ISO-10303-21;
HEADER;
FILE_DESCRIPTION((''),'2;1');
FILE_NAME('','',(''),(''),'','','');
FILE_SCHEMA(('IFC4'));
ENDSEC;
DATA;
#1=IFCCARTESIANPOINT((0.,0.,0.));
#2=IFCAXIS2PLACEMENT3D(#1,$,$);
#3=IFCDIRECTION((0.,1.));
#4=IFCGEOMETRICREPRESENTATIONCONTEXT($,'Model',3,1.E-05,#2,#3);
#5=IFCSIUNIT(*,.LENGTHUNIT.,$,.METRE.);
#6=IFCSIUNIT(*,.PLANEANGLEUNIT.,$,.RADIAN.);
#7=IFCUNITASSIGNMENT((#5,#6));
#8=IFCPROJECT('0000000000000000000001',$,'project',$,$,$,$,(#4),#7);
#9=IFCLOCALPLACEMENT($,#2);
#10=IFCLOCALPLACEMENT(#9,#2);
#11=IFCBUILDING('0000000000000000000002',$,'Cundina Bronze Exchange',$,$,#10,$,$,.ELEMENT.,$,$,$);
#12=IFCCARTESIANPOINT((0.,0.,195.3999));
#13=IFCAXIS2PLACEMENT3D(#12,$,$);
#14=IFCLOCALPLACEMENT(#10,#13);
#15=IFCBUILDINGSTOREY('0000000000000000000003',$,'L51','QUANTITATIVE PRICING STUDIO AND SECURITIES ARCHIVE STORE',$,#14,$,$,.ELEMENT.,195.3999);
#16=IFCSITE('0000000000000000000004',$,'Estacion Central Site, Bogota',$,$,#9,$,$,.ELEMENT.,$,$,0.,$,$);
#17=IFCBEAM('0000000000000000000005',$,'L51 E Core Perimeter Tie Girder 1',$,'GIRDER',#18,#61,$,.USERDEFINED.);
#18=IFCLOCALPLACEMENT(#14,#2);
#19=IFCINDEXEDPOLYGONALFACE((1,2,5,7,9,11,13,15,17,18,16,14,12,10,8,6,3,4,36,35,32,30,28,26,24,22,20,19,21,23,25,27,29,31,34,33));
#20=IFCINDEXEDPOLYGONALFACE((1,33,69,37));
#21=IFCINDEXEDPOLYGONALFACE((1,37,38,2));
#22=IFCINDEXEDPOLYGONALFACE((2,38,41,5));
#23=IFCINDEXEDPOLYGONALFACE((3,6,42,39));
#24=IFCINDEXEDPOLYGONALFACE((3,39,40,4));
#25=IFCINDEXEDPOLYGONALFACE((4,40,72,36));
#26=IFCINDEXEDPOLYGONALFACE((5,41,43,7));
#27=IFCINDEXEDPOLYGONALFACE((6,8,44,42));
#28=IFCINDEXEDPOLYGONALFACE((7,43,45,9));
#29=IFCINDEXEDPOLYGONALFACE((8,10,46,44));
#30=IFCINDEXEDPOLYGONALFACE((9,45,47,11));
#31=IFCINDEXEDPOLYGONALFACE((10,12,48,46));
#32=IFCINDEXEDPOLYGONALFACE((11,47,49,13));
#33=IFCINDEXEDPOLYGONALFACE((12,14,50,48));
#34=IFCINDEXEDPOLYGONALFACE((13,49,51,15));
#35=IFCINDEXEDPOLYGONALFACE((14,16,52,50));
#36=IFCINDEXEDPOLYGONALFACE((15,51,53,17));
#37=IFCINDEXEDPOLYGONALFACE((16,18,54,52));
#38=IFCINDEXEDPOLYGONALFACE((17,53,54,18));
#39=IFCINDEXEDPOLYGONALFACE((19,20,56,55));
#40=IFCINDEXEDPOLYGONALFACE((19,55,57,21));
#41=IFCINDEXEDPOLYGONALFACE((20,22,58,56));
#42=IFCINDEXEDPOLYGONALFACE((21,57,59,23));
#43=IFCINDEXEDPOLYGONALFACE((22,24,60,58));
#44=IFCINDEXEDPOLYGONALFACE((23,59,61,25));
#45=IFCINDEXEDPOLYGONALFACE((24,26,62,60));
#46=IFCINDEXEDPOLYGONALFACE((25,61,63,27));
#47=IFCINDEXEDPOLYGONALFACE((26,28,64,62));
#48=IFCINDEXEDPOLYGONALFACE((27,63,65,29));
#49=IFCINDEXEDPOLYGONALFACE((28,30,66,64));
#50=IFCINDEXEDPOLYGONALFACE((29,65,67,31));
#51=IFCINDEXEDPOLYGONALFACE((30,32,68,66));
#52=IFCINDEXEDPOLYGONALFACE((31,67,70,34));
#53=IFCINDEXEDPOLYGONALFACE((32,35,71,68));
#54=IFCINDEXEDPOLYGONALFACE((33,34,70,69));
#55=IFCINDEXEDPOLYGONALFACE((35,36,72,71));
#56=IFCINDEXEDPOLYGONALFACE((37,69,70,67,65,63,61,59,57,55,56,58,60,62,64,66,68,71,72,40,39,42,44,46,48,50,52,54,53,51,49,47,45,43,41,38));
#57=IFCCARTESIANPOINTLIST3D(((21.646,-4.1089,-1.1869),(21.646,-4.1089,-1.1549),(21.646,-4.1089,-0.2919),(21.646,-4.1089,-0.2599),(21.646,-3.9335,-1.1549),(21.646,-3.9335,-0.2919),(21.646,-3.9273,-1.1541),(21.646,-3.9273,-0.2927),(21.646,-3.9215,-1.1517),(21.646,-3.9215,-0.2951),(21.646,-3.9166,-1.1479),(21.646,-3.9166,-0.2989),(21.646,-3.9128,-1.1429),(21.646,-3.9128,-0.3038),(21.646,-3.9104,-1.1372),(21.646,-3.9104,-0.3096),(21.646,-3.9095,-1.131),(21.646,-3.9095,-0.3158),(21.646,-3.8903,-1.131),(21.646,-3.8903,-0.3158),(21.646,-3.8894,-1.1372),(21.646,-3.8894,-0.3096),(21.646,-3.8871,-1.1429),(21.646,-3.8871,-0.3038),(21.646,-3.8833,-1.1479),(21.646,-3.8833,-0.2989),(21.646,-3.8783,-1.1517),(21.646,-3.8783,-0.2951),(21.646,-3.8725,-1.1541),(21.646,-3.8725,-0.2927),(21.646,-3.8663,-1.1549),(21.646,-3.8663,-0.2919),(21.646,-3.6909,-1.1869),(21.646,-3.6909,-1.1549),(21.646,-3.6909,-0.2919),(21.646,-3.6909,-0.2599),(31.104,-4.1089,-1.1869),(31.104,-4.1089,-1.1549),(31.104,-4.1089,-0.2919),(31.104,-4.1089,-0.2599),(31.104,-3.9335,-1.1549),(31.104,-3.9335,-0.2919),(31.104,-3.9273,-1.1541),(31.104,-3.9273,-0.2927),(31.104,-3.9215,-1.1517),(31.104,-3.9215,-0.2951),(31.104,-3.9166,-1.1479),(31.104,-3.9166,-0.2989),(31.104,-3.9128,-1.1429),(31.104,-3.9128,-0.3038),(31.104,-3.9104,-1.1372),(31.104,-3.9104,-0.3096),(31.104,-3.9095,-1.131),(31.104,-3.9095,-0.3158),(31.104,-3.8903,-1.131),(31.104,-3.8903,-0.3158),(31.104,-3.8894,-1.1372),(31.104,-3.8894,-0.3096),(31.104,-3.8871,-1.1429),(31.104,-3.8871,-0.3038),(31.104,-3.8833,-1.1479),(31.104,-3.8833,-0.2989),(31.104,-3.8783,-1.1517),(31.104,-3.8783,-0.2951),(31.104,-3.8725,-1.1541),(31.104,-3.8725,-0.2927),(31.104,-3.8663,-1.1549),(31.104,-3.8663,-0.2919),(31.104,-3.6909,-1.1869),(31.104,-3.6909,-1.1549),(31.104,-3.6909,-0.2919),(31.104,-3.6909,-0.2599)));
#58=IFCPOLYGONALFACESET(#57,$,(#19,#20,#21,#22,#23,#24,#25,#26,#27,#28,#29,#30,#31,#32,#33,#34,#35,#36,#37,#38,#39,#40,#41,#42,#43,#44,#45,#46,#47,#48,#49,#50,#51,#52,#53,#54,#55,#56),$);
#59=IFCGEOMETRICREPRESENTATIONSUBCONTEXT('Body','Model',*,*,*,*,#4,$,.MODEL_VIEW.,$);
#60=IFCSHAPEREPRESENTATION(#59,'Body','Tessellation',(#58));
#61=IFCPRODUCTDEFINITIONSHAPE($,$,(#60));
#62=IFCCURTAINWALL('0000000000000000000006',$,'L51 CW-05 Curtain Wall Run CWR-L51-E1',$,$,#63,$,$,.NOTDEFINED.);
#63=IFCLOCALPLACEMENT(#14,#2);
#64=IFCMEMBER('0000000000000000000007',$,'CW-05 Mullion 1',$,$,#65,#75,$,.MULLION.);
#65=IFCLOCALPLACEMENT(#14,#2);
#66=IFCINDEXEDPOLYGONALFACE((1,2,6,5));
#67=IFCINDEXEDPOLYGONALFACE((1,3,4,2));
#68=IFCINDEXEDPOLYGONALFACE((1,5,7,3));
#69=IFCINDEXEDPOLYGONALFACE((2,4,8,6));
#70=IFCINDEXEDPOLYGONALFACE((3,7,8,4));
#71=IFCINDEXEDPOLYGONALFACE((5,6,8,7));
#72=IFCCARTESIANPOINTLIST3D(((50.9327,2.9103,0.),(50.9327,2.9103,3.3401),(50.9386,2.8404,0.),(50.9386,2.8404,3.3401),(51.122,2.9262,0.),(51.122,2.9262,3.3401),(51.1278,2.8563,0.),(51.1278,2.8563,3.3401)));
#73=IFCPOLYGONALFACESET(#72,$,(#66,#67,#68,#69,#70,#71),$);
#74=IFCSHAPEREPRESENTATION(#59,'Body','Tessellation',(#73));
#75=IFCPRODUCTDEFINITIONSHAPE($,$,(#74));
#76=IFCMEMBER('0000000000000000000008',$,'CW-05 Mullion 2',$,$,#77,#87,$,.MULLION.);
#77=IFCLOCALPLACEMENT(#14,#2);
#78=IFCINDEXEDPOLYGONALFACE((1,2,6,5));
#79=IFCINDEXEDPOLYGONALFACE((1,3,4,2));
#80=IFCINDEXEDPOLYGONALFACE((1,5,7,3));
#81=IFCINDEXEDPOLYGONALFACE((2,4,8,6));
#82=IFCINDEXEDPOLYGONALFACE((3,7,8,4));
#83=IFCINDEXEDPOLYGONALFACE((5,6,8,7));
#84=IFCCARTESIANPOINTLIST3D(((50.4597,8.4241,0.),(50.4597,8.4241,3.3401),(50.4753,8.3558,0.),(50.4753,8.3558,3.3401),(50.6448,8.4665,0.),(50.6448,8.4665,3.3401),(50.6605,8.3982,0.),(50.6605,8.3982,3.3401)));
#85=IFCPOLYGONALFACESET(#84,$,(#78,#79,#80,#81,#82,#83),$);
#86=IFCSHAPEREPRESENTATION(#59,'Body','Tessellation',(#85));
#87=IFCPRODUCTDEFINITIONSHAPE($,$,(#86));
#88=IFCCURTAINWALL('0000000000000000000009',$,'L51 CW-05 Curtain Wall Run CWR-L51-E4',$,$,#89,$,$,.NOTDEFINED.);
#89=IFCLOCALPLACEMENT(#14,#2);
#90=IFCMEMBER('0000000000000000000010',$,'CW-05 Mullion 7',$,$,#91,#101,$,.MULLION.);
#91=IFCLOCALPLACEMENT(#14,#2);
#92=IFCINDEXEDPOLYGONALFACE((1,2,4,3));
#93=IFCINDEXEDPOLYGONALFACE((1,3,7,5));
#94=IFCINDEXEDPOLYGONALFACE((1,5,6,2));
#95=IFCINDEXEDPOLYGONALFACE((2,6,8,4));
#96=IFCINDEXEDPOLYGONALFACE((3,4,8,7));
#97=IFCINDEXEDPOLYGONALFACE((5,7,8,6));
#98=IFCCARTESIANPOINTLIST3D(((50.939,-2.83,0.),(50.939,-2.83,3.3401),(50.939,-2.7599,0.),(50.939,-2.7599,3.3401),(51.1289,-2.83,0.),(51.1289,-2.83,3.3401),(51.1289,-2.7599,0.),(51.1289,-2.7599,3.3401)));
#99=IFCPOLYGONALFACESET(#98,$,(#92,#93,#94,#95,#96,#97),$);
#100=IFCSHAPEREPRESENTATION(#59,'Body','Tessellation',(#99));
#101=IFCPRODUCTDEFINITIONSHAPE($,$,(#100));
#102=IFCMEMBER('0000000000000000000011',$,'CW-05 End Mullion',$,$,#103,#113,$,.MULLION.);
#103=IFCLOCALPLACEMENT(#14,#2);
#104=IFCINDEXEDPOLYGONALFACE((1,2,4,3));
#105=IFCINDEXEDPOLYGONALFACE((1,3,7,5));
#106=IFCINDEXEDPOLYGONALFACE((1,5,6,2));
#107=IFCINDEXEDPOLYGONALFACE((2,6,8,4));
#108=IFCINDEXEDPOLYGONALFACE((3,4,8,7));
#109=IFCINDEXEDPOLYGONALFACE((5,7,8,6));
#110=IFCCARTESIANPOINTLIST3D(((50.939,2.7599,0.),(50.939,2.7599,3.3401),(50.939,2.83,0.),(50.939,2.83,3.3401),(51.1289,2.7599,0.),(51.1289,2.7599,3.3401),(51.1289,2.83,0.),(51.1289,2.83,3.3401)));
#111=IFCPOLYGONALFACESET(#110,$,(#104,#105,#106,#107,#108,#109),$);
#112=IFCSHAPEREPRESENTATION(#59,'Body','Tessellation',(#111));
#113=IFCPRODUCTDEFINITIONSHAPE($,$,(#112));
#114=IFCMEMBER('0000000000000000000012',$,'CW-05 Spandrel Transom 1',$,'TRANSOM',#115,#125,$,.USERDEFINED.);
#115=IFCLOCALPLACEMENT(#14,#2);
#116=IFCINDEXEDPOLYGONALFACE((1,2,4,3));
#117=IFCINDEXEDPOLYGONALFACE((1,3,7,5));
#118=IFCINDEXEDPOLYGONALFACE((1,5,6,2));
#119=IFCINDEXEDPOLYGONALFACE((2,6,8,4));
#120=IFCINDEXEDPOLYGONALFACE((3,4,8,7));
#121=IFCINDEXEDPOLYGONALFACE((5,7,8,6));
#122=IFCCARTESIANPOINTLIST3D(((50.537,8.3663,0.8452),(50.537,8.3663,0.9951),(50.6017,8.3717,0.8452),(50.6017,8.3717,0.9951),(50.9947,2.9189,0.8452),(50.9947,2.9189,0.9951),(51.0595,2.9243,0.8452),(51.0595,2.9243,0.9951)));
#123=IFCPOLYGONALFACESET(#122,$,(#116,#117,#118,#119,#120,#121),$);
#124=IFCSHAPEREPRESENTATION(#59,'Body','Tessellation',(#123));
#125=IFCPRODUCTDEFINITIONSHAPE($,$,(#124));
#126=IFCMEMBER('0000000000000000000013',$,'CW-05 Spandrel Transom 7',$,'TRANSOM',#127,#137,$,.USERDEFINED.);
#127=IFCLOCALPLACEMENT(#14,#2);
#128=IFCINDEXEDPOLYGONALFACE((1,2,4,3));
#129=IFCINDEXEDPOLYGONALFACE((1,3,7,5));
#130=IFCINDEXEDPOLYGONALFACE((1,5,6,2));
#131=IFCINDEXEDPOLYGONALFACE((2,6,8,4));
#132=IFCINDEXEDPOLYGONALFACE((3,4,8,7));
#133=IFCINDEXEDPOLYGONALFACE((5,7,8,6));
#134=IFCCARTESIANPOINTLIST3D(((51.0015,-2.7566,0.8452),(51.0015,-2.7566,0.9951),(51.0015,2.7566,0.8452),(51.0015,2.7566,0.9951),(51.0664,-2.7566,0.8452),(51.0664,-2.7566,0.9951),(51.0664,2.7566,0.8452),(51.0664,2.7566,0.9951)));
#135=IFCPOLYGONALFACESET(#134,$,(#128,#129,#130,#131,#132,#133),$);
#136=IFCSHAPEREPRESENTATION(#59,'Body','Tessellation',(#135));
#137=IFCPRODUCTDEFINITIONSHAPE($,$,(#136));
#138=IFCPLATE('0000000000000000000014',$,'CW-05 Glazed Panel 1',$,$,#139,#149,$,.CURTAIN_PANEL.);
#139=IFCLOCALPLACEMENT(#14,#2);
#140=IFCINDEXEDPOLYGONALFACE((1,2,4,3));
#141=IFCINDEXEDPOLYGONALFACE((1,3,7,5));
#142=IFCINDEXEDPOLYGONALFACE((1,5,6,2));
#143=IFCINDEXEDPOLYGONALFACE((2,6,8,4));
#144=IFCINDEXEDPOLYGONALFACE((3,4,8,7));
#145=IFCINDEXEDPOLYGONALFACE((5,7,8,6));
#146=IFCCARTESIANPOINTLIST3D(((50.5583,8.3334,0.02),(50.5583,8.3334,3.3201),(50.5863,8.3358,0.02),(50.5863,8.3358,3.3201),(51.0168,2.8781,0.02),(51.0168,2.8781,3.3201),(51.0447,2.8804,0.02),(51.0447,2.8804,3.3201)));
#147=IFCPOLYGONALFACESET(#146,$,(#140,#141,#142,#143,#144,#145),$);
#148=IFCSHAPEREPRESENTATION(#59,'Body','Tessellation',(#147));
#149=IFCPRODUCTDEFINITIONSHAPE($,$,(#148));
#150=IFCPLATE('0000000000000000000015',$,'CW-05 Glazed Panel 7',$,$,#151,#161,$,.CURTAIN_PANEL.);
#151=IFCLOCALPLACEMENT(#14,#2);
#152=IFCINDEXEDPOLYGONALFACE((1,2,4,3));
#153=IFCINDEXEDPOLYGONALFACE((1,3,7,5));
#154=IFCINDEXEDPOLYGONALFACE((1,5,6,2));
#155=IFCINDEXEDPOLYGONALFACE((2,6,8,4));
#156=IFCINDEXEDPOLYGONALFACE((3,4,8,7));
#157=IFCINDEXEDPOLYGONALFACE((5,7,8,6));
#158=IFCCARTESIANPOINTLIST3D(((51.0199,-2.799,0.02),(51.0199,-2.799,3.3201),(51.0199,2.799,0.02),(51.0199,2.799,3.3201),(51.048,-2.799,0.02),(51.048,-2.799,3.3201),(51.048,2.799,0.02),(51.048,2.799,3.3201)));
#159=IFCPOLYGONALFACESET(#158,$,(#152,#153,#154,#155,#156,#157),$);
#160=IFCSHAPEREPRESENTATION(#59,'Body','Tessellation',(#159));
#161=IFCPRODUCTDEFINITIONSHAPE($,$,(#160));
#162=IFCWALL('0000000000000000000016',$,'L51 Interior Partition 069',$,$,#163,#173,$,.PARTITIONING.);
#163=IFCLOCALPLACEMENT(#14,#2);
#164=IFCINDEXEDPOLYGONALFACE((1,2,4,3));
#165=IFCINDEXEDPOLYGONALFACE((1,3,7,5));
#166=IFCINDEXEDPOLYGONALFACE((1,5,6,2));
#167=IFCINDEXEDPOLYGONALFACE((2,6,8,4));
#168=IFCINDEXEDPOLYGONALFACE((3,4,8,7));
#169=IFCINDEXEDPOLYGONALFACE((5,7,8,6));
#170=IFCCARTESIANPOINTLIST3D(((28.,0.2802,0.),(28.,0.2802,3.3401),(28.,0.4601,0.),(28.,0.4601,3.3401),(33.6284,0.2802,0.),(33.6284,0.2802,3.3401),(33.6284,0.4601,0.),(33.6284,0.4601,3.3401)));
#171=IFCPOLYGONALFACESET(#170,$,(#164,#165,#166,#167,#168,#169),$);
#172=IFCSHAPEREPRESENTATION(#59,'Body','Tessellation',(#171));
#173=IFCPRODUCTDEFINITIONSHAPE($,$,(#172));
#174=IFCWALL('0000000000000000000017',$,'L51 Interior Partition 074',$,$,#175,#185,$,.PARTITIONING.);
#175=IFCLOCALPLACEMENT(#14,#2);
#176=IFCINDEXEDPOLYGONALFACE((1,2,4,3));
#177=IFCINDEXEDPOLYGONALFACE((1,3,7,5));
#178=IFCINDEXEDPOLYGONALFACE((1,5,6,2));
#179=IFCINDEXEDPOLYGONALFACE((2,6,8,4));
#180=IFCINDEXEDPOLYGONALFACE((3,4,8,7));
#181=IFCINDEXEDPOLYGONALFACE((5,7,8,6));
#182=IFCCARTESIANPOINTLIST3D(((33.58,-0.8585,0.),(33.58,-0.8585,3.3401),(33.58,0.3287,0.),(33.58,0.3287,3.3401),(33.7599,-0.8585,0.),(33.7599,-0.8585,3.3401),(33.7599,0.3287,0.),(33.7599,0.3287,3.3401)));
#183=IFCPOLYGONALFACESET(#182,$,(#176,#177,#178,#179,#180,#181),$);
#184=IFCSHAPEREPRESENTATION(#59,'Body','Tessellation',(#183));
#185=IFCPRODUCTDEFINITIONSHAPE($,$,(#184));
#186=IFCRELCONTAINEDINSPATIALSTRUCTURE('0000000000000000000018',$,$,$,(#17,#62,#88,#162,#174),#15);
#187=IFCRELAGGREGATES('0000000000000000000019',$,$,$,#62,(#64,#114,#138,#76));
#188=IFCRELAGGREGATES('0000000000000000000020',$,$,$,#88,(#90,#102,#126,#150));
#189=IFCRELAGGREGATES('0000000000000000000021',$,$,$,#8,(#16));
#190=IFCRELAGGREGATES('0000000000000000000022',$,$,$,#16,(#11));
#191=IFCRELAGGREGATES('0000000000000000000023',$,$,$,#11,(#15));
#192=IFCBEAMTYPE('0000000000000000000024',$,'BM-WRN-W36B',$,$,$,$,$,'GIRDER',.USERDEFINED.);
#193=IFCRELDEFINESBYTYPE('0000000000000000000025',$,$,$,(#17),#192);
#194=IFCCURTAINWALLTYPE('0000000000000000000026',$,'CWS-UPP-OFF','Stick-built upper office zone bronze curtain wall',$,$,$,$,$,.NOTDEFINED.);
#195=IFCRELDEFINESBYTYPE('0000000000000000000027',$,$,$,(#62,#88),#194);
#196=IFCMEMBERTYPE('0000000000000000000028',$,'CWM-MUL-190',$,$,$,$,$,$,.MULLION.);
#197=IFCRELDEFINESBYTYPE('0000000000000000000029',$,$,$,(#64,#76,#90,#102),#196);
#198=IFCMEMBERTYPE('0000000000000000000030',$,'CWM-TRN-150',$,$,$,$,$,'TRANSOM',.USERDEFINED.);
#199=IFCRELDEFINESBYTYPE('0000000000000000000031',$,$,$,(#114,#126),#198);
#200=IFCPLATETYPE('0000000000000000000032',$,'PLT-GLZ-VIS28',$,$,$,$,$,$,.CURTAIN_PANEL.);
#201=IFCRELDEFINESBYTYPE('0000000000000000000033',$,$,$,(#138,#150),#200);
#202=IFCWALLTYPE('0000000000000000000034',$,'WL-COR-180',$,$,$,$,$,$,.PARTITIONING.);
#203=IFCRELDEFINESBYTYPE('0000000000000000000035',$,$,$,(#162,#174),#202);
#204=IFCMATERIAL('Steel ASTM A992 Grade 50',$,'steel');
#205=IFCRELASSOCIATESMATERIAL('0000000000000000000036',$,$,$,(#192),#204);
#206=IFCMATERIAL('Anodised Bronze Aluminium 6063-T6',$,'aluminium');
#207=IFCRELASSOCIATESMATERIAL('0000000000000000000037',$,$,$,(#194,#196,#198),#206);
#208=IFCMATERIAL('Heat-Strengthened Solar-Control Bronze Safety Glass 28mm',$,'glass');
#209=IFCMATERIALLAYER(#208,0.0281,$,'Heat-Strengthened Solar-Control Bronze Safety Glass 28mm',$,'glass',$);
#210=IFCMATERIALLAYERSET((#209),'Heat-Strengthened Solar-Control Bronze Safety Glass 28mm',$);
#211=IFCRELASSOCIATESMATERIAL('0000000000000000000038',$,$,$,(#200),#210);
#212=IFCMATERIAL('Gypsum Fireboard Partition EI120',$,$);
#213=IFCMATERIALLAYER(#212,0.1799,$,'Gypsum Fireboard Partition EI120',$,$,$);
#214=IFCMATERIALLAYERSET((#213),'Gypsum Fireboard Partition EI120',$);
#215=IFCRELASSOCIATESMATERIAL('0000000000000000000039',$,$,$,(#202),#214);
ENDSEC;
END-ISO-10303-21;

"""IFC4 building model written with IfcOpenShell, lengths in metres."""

from ifc_helpers import new_model, si_unit, direction, frame, frame_2d, origin, origin_2d, place, context, subcontext, project, spatial, rectangle, i_section, extrude, material, layer, layer_set, material_profile, profile_set, type_object, element, aggregate, save


model = new_model("IFC4")

# Units and contexts
model_context = context("Model", 3, precision=1e-05, world=origin(), true_north=direction((0.0, 1.0)))
body_context = subcontext(model_context, "Body", "Model", "MODEL_VIEW")
ifc_project = project(units=[si_unit("LENGTHUNIT", "METRE"), si_unit("PLANEANGLEUNIT", "RADIAN")], contexts=[model_context])

# Site, building, storey
site_placement = place(None, origin())
site = spatial("IfcSite", under=ifc_project, at=site_placement, Name="Estacion Central Site, Bogota", CompositionType="ELEMENT", RefElevation=0.0)
building_placement = place(site_placement, origin())
building = spatial("IfcBuilding", under=site, at=building_placement, Name="Cundina Bronze Exchange", CompositionType="ELEMENT")
storey_placement = place(building_placement, frame((0.0, 0.0, 195.3999)))
storey = spatial("IfcBuildingStorey", under=building, at=storey_placement, Name="L51", Description="QUANTITATIVE PRICING STUDIO AND SECURITIES ARCHIVE STORE", CompositionType="ELEMENT", Elevation=195.3999)

# Shared definitions
ifc_material_1 = material(Name="Steel ASTM A992 Grade 50", Category="steel")

# Beam
ifc_material_profile_1 = material_profile(ifc_material_1, i_section(OverallWidth=0.418, OverallDepth=0.927, WebThickness=0.0193, FlangeThickness=0.032, FilletRadius=0.0239, at=origin_2d()), Name="W36X231", Category="steel")
ifc_profile_set_1 = profile_set([ifc_material_profile_1], Name="Steel ASTM A992 Grade 50")
beam_type_1 = type_object("IfcBeamType", Name="BM-WRN-W36B", ElementType="GIRDER", PredefinedType="USERDEFINED", material=ifc_profile_set_1)
beam_1_placement = place(storey_placement, frame((31.104, -3.8999, -0.7234), z_axis=(-1.0, 0.0, 0.0), x_axis=(0.0, -1.0, 0.0)))
element("IfcBeam", 1, at=beam_1_placement, inside=storey, type_object=beam_type_1, Name="L51 E Core Perimeter Tie Girder 1", ObjectType="GIRDER", PredefinedType="USERDEFINED", context=body_context, shape_type="SweptSolid", body=[
    extrude(i_section(OverallWidth=0.418, OverallDepth=0.927, WebThickness=0.0193, FlangeThickness=0.032, FilletRadius=0.0239, at=origin_2d()), origin(), (0.0, 0.0, 1.0), 9.458),
])

# Curtain walls, members
ifc_material_2 = material(Name="Anodised Bronze Aluminium 6063-T6", Category="aluminium")
curtain_wall_type = type_object("IfcCurtainWallType", Name="CWS-UPP-OFF", Description="Stick-built upper office zone bronze curtain wall", PredefinedType="NOTDEFINED", material=ifc_material_2)
curtain_wall_1_placement = place(storey_placement, origin())
curtain_wall_1 = element("IfcCurtainWall", 2, at=curtain_wall_1_placement, inside=storey, type_object=curtain_wall_type, Name="L51 CW-05 Curtain Wall Run CWR-L51-E1", PredefinedType="NOTDEFINED")
ifc_material_profile_2 = material_profile(ifc_material_2, rectangle(XDim=0.0701, YDim=0.1899, at=origin_2d()), Name="AL70X190", Category="aluminium")
ifc_profile_set_2 = profile_set([ifc_material_profile_2], Name="Anodised Bronze Aluminium 6063-T6")
member_type_1 = type_object("IfcMemberType", Name="CWM-MUL-190", PredefinedType="MULLION", material=ifc_profile_set_2)
member_1_placement = place(storey_placement, frame((51.0303, 2.8833, 0.0), z_axis=(0.0, 0.0, 1.0), x_axis=(-0.083678, 0.996493, 0.0)))
member_1 = element("IfcMember", 3, at=member_1_placement, type_object=member_type_1, Name="CW-05 Mullion 1", PredefinedType="MULLION", context=body_context, shape_type="SweptSolid", body=[
    extrude(rectangle(XDim=0.0701, YDim=0.1899, at=origin_2d()), origin(), (0.0, 0.0, 1.0), 3.3401),
])
member_2_placement = place(storey_placement, frame((50.5601, 8.4111, 0.0), z_axis=(0.0, 0.0, 1.0), x_axis=(-0.22325, 0.974761, 0.0)))
member_2 = element("IfcMember", 4, at=member_2_placement, type_object=member_type_1, Name="CW-05 Mullion 2", PredefinedType="MULLION", context=body_context, shape_type="SweptSolid", body=[
    extrude(rectangle(XDim=0.0701, YDim=0.1899, at=origin_2d()), origin(), (0.0, 0.0, 1.0), 3.3401),
])
curtain_wall_2_placement = place(storey_placement, origin())
curtain_wall_2 = element("IfcCurtainWall", 5, at=curtain_wall_2_placement, inside=storey, type_object=curtain_wall_type, Name="L51 CW-05 Curtain Wall Run CWR-L51-E4", PredefinedType="NOTDEFINED")
member_3_placement = place(storey_placement, frame((51.0339, -2.7949, 0.0), z_axis=(0.0, 0.0, 1.0), x_axis=(0.0, 1.0, 0.0)))
member_3 = element("IfcMember", 6, at=member_3_placement, type_object=member_type_1, Name="CW-05 Mullion 7", PredefinedType="MULLION", context=body_context, shape_type="SweptSolid", body=[
    extrude(rectangle(XDim=0.0701, YDim=0.1899, at=origin_2d()), origin(), (0.0, 0.0, 1.0), 3.3401),
])
member_4_placement = place(storey_placement, frame((51.0339, 2.7949, 0.0), z_axis=(0.0, 0.0, 1.0), x_axis=(0.0, 1.0, 0.0)))
member_4 = element("IfcMember", 7, at=member_4_placement, type_object=member_type_1, Name="CW-05 End Mullion", PredefinedType="MULLION", context=body_context, shape_type="SweptSolid", body=[
    extrude(rectangle(XDim=0.0701, YDim=0.1899, at=origin_2d()), origin(), (0.0, 0.0, 1.0), 3.3401),
])

# Members
ifc_material_profile_3 = material_profile(ifc_material_2, rectangle(XDim=0.0649, YDim=0.1499, at=origin_2d()), Name="AL65X150", Category="aluminium")
ifc_profile_set_3 = profile_set([ifc_material_profile_3], Name="Anodised Bronze Aluminium 6063-T6")
member_type_2 = type_object("IfcMemberType", Name="CWM-TRN-150", ElementType="TRANSOM", PredefinedType="USERDEFINED", material=ifc_profile_set_3)
member_5_placement = place(storey_placement, frame((51.0271, 2.9216, 0.9202), z_axis=(-0.08374, 0.996488, 0.0), x_axis=(-0.996488, -0.08374, 0.0)))
member_5 = element("IfcMember", 8, at=member_5_placement, type_object=member_type_2, Name="CW-05 Spandrel Transom 1", ObjectType="TRANSOM", PredefinedType="USERDEFINED", context=body_context, shape_type="SweptSolid", body=[
    extrude(rectangle(XDim=0.0649, YDim=0.1499, at=origin_2d()), origin(), (0.0, 0.0, 1.0), 5.4666),
])
member_6_placement = place(storey_placement, frame((51.0339, -2.7566, 0.9202), z_axis=(0.0, 1.0, 0.0), x_axis=(-1.0, 0.0, 0.0)))
member_6 = element("IfcMember", 9, at=member_6_placement, type_object=member_type_2, Name="CW-05 Spandrel Transom 7", ObjectType="TRANSOM", PredefinedType="USERDEFINED", context=body_context, shape_type="SweptSolid", body=[
    extrude(rectangle(XDim=0.0649, YDim=0.1499, at=origin_2d()), origin(), (0.0, 0.0, 1.0), 5.5132),
])

# Plates
ifc_material_3 = material(Name="Heat-Strengthened Solar-Control Bronze Safety Glass 28mm", Category="glass")
ifc_layer_1 = layer(ifc_material_3, 0.0281, Name="Heat-Strengthened Solar-Control Bronze Safety Glass 28mm", Category="glass")
ifc_layer_set_1 = layer_set([ifc_layer_1], Name="Heat-Strengthened Solar-Control Bronze Safety Glass 28mm")
plate_type = type_object("IfcPlateType", Name="PLT-GLZ-VIS28", PredefinedType="CURTAIN_PANEL", material=ifc_layer_set_1)
plate_1_placement = place(storey_placement, frame((50.8015, 5.6069, 0.02), z_axis=(0.0, 0.0, 1.0), x_axis=(-0.083747, 0.996487, 0.0)))
plate_1 = element("IfcPlate", 10, at=plate_1_placement, type_object=plate_type, Name="CW-05 Glazed Panel 1", PredefinedType="CURTAIN_PANEL", context=body_context, shape_type="SweptSolid", body=[
    extrude(rectangle(XDim=5.4746, YDim=0.0281, at=origin_2d()), origin(), (0.0, 0.0, 1.0), 3.3),
])
aggregate(curtain_wall_1, [member_1, member_5, plate_1, member_2])
plate_2_placement = place(storey_placement, frame((51.0339, 0.0, 0.02), z_axis=(0.0, 0.0, 1.0), x_axis=(0.0, 1.0, 0.0)))
plate_2 = element("IfcPlate", 11, at=plate_2_placement, type_object=plate_type, Name="CW-05 Glazed Panel 7", PredefinedType="CURTAIN_PANEL", context=body_context, shape_type="SweptSolid", body=[
    extrude(rectangle(XDim=5.5979, YDim=0.0281, at=origin_2d()), origin(), (0.0, 0.0, 1.0), 3.3),
])
aggregate(curtain_wall_2, [member_3, member_4, member_6, plate_2])

# Walls
ifc_material_4 = material(Name="Gypsum Fireboard Partition EI120")
ifc_layer_2 = layer(ifc_material_4, 0.1799, Name="Gypsum Fireboard Partition EI120")
ifc_layer_set_2 = layer_set([ifc_layer_2], Name="Gypsum Fireboard Partition EI120")
wall_type_1 = type_object("IfcWallType", Name="WL-COR-180", PredefinedType="PARTITIONING", material=ifc_layer_set_2)
wall_1_placement = place(storey_placement, frame((33.6284, 0.3701, 0.0), z_axis=(0.0, 0.0, 1.0), x_axis=(-1.0, 0.0, 0.0)))
element("IfcWall", 12, at=wall_1_placement, inside=storey, type_object=wall_type_1, Name="L51 Interior Partition 069", PredefinedType="PARTITIONING", context=body_context, shape_type="SweptSolid", body=[
    extrude(rectangle(XDim=5.6284, YDim=0.1799, at=frame_2d((2.8142, 0.0))), origin(), (0.0, 0.0, 1.0), 3.3401),
])
wall_2_placement = place(storey_placement, frame((33.6699, -0.8586, 0.0), z_axis=(0.0, 0.0, 1.0), x_axis=(0.0, 1.0, 0.0)))
element("IfcWall", 13, at=wall_2_placement, inside=storey, type_object=wall_type_1, Name="L51 Interior Partition 074", PredefinedType="PARTITIONING", context=body_context, shape_type="SweptSolid", body=[
    extrude(rectangle(XDim=1.1873, YDim=0.1799, at=frame_2d((0.5938, 0.0))), origin(), (0.0, 0.0, 1.0), 3.3401),
])

save(model, "model.ifc")
